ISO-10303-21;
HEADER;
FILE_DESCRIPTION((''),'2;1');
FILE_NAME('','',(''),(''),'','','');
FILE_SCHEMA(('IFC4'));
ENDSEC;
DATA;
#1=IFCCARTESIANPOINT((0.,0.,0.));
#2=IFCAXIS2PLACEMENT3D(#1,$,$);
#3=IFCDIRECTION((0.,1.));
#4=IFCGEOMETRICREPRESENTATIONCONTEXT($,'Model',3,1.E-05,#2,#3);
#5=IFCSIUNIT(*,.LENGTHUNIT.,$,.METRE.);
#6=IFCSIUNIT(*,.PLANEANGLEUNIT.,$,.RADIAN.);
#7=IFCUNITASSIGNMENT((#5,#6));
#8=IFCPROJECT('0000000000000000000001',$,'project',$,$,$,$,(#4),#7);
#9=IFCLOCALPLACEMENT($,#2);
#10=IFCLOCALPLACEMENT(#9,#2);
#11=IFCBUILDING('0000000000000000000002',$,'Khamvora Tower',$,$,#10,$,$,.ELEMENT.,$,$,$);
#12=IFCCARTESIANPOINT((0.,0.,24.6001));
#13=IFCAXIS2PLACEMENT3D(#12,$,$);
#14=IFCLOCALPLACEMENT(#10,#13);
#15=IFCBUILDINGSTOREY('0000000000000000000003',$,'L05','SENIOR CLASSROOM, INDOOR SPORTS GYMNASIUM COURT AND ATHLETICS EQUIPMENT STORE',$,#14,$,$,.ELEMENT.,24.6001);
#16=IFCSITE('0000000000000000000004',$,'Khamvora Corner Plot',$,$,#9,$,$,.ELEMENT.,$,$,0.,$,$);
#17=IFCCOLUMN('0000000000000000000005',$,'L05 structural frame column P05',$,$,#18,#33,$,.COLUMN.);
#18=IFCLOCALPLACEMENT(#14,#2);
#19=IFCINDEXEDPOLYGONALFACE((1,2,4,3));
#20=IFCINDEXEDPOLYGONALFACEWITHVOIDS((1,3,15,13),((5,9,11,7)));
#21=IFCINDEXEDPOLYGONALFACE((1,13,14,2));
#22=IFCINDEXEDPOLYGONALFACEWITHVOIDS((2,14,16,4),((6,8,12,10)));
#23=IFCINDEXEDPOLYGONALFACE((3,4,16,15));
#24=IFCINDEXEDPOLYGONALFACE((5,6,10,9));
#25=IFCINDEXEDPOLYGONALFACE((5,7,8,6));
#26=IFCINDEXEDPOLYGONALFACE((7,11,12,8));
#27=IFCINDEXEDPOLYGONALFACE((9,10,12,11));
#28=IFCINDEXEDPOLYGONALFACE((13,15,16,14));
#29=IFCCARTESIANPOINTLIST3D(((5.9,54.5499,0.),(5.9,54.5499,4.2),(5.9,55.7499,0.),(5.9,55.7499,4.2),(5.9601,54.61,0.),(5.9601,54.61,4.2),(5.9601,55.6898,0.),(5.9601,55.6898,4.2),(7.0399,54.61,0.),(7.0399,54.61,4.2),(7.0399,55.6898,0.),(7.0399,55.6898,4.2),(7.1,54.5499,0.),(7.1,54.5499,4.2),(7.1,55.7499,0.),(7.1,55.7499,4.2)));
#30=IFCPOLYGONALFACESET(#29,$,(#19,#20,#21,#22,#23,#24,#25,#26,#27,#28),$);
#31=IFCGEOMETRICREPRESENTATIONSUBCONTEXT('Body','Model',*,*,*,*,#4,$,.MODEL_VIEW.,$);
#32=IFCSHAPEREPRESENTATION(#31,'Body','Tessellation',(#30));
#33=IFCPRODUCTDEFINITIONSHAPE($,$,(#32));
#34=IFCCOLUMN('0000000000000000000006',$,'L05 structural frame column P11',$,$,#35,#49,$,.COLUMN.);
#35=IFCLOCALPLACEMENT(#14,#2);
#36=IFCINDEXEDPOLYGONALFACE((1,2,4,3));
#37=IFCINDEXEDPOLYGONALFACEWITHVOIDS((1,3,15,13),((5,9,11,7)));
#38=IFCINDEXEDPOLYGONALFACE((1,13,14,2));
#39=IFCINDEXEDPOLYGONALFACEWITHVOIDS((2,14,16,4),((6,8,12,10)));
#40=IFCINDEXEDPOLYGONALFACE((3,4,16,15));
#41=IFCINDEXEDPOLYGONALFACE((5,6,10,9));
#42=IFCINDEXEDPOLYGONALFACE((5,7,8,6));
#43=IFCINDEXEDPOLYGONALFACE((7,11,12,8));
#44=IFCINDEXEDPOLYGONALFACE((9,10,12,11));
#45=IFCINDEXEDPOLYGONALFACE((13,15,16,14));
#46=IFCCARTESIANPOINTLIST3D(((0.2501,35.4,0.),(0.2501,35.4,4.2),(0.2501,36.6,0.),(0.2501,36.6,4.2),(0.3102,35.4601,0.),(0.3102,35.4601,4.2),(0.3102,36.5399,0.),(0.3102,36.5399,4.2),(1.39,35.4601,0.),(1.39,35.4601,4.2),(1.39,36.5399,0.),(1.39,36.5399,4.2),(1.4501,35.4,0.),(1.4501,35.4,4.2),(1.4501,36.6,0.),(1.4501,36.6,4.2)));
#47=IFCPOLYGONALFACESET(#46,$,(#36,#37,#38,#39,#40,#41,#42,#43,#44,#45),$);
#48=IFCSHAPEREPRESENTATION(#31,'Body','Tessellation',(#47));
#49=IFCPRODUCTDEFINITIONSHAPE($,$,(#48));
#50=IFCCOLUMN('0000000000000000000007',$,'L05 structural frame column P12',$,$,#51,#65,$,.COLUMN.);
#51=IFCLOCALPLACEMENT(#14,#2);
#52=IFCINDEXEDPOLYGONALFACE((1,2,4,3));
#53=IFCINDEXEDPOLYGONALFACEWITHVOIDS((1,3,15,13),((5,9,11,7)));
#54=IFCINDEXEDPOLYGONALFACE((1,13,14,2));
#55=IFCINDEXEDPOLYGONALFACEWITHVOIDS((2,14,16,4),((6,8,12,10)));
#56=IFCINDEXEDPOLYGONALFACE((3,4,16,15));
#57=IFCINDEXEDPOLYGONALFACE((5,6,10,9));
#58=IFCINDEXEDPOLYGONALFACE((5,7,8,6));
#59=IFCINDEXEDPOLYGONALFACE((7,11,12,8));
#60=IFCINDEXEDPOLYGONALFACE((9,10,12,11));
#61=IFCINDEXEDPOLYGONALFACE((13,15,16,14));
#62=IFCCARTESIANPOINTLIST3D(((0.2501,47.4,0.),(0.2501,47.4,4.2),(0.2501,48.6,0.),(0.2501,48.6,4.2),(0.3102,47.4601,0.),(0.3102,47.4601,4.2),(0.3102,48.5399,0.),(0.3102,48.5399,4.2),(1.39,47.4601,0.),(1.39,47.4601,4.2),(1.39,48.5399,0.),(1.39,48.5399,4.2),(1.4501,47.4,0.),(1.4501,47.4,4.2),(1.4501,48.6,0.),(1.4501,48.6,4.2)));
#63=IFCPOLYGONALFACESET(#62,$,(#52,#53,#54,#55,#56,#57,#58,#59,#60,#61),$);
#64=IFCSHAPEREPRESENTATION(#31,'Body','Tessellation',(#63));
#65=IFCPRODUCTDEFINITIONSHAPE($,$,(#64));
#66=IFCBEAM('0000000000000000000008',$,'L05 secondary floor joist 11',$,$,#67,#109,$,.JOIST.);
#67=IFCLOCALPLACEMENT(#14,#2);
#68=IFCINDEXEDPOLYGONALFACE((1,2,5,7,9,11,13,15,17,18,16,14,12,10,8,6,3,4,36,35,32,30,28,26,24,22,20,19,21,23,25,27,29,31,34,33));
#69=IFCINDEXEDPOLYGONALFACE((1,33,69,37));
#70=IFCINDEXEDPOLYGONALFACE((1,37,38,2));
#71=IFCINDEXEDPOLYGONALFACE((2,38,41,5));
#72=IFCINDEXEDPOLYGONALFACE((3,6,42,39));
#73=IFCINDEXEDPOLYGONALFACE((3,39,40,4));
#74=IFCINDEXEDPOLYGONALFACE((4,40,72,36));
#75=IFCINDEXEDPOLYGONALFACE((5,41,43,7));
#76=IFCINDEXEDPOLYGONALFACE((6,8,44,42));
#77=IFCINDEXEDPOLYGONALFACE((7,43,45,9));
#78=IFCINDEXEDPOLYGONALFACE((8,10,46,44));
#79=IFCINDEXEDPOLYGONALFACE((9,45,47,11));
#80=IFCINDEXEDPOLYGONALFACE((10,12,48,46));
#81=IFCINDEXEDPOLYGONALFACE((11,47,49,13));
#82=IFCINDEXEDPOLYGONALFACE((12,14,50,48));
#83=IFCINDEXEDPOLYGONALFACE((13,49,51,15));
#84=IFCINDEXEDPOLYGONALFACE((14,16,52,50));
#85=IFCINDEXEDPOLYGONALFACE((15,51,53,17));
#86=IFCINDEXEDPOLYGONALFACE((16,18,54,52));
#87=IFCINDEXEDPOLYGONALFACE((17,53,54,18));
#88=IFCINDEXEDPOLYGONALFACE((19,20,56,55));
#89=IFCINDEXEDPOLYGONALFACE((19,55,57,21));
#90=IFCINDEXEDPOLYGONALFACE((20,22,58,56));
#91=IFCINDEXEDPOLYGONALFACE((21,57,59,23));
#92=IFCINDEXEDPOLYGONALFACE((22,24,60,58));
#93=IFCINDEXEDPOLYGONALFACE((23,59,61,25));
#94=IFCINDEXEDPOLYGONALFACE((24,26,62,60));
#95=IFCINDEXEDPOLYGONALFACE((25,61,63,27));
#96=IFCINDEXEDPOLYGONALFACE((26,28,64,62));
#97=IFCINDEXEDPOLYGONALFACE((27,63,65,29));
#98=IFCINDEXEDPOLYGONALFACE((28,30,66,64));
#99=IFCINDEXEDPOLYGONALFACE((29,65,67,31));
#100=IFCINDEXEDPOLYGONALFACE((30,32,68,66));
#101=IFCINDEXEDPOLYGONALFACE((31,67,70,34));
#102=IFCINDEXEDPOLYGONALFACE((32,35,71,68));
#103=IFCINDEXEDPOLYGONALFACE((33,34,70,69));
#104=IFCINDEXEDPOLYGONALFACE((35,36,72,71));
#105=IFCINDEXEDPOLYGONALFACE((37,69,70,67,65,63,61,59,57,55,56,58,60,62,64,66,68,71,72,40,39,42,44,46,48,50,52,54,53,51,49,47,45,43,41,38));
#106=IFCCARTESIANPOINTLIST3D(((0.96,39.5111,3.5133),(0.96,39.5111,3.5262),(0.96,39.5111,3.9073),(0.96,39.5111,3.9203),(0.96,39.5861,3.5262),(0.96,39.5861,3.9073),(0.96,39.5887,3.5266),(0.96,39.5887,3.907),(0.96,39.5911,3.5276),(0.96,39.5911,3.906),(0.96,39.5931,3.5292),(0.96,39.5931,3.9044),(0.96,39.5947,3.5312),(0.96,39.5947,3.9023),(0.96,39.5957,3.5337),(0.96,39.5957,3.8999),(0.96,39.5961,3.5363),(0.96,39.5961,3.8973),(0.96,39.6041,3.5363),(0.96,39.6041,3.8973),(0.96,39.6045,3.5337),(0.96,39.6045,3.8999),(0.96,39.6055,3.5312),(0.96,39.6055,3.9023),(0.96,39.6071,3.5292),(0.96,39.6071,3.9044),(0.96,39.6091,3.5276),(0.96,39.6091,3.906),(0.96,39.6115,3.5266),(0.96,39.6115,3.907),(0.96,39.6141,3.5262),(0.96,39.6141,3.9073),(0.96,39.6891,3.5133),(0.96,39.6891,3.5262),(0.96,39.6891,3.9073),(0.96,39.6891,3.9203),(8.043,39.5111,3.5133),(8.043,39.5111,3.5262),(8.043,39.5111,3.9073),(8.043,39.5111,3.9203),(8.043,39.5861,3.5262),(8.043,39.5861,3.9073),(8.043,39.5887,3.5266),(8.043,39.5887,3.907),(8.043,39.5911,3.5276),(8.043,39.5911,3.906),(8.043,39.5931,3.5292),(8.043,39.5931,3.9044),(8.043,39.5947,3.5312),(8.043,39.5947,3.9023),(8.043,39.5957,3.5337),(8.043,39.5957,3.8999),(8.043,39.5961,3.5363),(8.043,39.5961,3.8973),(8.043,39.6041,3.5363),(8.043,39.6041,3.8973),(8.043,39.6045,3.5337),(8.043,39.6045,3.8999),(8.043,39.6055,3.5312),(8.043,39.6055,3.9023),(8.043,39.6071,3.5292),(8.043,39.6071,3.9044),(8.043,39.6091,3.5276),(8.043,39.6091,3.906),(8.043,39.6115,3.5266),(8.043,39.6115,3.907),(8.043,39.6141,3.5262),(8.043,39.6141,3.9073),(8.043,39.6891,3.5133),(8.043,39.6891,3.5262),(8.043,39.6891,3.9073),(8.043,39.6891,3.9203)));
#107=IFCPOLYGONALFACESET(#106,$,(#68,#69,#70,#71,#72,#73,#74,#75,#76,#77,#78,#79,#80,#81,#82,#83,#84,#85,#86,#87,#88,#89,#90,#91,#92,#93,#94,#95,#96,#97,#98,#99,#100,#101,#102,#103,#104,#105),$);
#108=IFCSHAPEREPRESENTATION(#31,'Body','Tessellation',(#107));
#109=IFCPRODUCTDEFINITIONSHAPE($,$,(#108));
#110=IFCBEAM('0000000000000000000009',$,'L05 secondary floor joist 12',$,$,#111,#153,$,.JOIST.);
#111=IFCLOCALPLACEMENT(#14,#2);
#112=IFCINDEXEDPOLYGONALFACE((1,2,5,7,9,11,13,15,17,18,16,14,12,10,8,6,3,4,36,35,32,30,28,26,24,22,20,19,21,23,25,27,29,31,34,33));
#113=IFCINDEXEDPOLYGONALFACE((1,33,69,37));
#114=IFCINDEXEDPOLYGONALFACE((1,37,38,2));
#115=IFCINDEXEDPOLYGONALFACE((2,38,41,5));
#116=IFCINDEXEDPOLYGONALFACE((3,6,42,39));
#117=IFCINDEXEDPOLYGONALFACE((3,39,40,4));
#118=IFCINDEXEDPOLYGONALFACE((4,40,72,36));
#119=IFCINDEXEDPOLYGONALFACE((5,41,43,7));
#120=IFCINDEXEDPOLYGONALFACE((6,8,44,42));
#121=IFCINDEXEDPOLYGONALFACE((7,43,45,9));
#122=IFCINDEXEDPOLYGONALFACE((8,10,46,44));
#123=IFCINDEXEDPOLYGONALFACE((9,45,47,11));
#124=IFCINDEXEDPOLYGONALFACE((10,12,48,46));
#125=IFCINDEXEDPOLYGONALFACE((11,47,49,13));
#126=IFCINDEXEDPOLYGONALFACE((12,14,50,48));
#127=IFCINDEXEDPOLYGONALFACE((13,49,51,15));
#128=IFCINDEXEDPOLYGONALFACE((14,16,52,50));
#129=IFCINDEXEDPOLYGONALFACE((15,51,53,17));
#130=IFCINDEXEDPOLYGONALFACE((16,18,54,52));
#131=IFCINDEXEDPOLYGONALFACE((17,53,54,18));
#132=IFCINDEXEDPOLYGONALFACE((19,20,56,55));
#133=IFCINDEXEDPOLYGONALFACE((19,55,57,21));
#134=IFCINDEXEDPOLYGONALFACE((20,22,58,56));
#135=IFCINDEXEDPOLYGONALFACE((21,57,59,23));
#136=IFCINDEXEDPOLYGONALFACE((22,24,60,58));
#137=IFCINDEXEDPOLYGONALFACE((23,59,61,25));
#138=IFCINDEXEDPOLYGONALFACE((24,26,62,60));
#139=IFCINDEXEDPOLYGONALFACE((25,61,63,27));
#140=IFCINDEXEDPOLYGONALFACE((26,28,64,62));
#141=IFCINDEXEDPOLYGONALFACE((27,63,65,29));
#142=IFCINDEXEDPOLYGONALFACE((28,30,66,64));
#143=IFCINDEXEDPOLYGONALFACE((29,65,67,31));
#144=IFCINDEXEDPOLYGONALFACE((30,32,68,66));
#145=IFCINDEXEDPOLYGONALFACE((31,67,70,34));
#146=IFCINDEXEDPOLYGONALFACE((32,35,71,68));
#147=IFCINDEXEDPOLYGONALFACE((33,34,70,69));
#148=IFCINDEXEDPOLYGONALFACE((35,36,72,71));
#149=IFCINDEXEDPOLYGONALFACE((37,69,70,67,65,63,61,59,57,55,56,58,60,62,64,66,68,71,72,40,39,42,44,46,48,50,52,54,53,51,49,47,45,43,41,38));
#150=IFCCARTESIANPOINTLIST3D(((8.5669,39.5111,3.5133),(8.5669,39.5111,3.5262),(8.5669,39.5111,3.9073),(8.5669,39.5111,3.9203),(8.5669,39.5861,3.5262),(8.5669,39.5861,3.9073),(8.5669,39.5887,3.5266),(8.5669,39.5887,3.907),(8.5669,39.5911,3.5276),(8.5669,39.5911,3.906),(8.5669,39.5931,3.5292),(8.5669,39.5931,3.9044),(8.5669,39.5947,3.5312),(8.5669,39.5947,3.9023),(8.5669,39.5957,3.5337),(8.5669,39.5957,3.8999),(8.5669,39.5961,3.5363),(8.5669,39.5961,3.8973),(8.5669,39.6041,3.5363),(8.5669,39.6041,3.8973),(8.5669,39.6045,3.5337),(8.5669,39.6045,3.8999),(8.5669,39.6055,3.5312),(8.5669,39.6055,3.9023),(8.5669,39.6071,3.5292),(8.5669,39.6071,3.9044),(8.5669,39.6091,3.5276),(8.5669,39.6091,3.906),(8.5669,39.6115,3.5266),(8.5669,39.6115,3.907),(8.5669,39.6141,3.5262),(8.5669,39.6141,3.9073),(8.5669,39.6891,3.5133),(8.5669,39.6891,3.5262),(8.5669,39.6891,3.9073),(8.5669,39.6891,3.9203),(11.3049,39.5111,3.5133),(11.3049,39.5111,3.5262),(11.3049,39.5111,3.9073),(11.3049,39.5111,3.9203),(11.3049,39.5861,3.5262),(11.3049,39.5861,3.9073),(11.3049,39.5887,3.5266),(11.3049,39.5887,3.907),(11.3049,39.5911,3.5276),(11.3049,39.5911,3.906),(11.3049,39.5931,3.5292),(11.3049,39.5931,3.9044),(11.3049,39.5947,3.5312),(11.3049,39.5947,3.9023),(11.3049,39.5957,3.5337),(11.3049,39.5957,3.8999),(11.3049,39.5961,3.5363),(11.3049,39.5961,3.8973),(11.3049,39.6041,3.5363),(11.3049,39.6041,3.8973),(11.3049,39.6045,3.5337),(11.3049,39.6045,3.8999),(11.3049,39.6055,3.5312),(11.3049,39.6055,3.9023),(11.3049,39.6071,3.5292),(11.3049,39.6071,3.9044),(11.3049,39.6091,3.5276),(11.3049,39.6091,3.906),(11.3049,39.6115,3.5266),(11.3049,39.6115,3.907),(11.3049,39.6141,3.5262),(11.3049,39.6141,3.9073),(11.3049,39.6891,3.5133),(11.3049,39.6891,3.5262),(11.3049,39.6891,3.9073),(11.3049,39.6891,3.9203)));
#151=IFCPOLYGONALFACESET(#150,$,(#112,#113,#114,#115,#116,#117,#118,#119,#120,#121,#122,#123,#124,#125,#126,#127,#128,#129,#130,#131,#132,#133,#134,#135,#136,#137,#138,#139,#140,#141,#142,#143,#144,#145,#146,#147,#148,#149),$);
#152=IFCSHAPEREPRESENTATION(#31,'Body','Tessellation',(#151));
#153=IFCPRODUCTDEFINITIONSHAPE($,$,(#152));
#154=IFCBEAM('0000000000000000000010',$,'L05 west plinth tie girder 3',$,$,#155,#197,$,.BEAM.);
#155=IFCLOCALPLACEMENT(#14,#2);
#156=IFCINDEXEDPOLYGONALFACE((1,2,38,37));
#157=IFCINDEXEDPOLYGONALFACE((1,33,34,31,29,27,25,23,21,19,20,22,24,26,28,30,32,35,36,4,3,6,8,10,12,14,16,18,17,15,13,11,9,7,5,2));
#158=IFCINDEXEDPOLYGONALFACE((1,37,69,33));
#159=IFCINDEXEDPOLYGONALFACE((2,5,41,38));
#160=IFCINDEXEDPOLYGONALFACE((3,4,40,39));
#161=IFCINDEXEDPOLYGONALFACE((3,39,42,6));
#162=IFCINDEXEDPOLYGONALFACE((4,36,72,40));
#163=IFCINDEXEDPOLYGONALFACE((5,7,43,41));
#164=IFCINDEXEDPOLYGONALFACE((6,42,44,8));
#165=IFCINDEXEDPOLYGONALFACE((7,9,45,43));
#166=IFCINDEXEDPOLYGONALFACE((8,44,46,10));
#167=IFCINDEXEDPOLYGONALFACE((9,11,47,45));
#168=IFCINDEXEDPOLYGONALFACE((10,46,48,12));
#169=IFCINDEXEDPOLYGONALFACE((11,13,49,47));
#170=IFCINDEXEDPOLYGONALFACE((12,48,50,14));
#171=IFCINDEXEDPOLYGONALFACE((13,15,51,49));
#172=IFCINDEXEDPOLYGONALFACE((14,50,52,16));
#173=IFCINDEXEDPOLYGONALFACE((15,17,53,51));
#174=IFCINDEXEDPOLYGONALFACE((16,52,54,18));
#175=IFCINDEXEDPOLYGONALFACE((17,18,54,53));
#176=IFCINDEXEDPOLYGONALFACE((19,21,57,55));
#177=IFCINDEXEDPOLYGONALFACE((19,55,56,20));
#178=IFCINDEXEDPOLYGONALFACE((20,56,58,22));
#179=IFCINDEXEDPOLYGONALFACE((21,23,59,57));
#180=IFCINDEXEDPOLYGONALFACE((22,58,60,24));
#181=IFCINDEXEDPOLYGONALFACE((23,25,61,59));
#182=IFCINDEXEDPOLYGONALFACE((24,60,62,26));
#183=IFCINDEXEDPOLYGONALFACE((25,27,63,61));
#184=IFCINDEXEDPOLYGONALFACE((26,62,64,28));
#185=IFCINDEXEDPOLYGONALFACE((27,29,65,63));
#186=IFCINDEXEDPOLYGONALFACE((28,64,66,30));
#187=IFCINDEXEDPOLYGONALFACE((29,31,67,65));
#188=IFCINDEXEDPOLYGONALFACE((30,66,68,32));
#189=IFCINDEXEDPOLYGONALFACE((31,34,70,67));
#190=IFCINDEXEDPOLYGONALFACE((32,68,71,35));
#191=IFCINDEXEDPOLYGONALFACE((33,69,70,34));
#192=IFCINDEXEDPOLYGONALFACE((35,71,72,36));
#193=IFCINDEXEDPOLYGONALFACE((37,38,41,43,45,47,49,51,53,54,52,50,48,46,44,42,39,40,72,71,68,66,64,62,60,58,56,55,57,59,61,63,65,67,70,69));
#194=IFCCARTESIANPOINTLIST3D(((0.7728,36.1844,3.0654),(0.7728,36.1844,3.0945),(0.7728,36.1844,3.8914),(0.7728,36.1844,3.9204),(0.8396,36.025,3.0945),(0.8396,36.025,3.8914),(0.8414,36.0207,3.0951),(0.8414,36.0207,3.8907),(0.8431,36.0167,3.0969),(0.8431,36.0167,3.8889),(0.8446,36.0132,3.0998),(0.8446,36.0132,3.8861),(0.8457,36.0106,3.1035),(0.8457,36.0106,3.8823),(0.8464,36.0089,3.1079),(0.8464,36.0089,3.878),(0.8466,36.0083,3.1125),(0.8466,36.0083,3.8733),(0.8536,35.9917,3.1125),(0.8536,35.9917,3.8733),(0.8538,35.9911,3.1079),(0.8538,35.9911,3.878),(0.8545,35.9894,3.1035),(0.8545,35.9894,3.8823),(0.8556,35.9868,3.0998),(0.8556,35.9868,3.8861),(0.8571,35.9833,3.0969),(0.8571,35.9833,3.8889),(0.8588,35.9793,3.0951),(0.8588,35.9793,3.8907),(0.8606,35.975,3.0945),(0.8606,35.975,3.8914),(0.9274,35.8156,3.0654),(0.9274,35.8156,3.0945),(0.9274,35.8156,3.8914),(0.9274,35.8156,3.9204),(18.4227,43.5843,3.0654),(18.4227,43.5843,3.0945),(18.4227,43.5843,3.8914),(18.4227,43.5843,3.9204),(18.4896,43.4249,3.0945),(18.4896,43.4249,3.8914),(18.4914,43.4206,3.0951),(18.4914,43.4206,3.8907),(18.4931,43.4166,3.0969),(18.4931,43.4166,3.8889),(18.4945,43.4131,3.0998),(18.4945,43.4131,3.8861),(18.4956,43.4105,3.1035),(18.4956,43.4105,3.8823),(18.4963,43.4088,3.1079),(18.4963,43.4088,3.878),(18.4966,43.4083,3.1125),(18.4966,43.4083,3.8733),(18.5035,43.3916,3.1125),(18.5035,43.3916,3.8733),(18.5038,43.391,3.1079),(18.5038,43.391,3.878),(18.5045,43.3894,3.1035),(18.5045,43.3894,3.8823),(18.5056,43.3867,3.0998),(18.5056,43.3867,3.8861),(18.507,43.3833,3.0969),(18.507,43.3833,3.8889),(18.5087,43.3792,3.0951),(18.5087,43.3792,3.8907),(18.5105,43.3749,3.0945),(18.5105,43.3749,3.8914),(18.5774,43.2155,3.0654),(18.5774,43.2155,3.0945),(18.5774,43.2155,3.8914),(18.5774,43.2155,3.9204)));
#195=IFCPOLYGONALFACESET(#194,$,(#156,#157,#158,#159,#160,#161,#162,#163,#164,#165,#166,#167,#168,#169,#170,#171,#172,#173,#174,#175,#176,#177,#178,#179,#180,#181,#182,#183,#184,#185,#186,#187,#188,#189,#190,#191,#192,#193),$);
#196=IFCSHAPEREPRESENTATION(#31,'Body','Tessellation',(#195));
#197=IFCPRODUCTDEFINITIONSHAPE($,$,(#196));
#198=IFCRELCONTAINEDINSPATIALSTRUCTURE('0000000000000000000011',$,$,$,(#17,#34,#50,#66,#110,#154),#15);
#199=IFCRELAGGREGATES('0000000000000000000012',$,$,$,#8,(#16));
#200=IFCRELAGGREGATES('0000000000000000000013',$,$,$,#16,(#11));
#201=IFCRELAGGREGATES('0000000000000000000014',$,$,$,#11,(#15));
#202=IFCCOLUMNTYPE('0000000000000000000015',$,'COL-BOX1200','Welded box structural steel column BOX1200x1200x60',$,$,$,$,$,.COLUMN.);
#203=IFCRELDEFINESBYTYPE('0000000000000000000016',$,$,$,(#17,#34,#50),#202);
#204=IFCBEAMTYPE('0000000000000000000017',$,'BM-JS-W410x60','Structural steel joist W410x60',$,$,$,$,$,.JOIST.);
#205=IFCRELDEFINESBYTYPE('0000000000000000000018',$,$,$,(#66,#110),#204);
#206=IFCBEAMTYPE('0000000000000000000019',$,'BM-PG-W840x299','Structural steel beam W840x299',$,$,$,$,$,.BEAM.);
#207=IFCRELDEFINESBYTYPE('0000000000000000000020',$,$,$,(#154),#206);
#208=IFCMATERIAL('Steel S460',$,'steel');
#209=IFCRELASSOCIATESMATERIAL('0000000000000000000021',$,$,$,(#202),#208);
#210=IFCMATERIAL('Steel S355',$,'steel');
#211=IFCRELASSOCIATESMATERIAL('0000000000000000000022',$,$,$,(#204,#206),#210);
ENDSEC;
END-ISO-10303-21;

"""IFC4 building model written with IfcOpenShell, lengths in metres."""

from ifc_helpers import new_model, si_unit, direction, frame, origin, origin_2d, place, context, subcontext, project, spatial, hollow_rectangle, i_section, extrude, material, material_profile, profile_set, type_object, element, save


model = new_model("IFC4")

# Units and contexts
model_context = context("Model", 3, precision=1e-05, world=origin(), true_north=direction((0.0, 1.0)))
body_context = subcontext(model_context, "Body", "Model", "MODEL_VIEW")
ifc_project = project(units=[si_unit("LENGTHUNIT", "METRE"), si_unit("PLANEANGLEUNIT", "RADIAN")], contexts=[model_context])

# Site, building, storey
site_placement = place(None, origin())
site = spatial("IfcSite", under=ifc_project, at=site_placement, Name="Khamvora Corner Plot", CompositionType="ELEMENT", RefElevation=0.0)
building_placement = place(site_placement, origin())
building = spatial("IfcBuilding", under=site, at=building_placement, Name="Khamvora Tower", CompositionType="ELEMENT")
storey_placement = place(building_placement, frame((0.0, 0.0, 24.6001)))
storey = spatial("IfcBuildingStorey", under=building, at=storey_placement, Name="L05", Description="SENIOR CLASSROOM, INDOOR SPORTS GYMNASIUM COURT AND ATHLETICS EQUIPMENT STORE", CompositionType="ELEMENT", Elevation=24.6001)

# Columns
ifc_material_1 = material(Name="Steel S460", Category="steel")
ifc_material_profile_1 = material_profile(ifc_material_1, hollow_rectangle(XDim=1.2, YDim=1.2, WallThickness=0.0601, at=origin_2d()), Name="BOX1200x1200x60")
ifc_profile_set_1 = profile_set([ifc_material_profile_1], Name="Steel S460")
column_type = type_object("IfcColumnType", Name="COL-BOX1200", Description="Welded box structural steel column BOX1200x1200x60", PredefinedType="COLUMN", material=ifc_profile_set_1)
for number, where, z_axis, x_axis, name in (
    (1, (6.5, 55.1499, 0.0), (0.0, 0.0, 1.0), (1.0, 0.0, 0.0), "L05 structural frame column P05"),
    (2, (0.8501, 36.0, 0.0), (0.0, 0.0, 1.0), (1.0, 0.0, 0.0), "L05 structural frame column P11"),
    (3, (0.8501, 48.0, 0.0), (0.0, 0.0, 1.0), (1.0, 0.0, 0.0), "L05 structural frame column P12"),
):
    element("IfcColumn", number, at=place(storey_placement, frame(where, z_axis=z_axis, x_axis=x_axis)), inside=storey, type_object=column_type, Name=name, PredefinedType="COLUMN", context=body_context, shape_type="SweptSolid", body=[
        extrude(hollow_rectangle(XDim=1.2, YDim=1.2, WallThickness=0.0601, at=origin_2d()), origin(), (0.0, 0.0, 1.0), 4.2),
    ])

# Beams
ifc_material_2 = material(Name="Steel S355", Category="steel")
ifc_material_profile_2 = material_profile(ifc_material_2, i_section(OverallWidth=0.178, OverallDepth=0.407, WebThickness=0.0081, FlangeThickness=0.0129, FilletRadius=0.01, at=origin_2d()), Name="W410x60")
ifc_profile_set_2 = profile_set([ifc_material_profile_2], Name="Steel S355")
beam_type_1 = type_object("IfcBeamType", Name="BM-JS-W410x60", Description="Structural steel joist W410x60", PredefinedType="JOIST", material=ifc_profile_set_2)
beam_1_placement = place(storey_placement, frame((0.96, 39.6001, 3.7168), z_axis=(1.0, 0.0, 0.0), x_axis=(0.0, 1.0, 0.0)))
element("IfcBeam", 4, at=beam_1_placement, inside=storey, type_object=beam_type_1, Name="L05 secondary floor joist 11", PredefinedType="JOIST", context=body_context, shape_type="SweptSolid", body=[
    extrude(i_section(OverallWidth=0.178, OverallDepth=0.407, WebThickness=0.0081, FlangeThickness=0.0129, FilletRadius=0.01, at=origin_2d()), origin(), (0.0, 0.0, 1.0), 7.083),
])
beam_2_placement = place(storey_placement, frame((8.5669, 39.6001, 3.7168), z_axis=(1.0, 0.0, 0.0), x_axis=(0.0, 1.0, 0.0)))
element("IfcBeam", 5, at=beam_2_placement, inside=storey, type_object=beam_type_1, Name="L05 secondary floor joist 12", PredefinedType="JOIST", context=body_context, shape_type="SweptSolid", body=[
    extrude(i_section(OverallWidth=0.178, OverallDepth=0.407, WebThickness=0.0081, FlangeThickness=0.0129, FilletRadius=0.01, at=origin_2d()), origin(), (0.0, 0.0, 1.0), 2.738),
])
ifc_material_profile_3 = material_profile(ifc_material_2, i_section(OverallWidth=0.3999, OverallDepth=0.855, WebThickness=0.0181, FlangeThickness=0.0291, FilletRadius=0.0181, at=origin_2d()), Name="W840x299")
ifc_profile_set_3 = profile_set([ifc_material_profile_3], Name="Steel S355")
beam_type_2 = type_object("IfcBeamType", Name="BM-PG-W840x299", Description="Structural steel beam W840x299", PredefinedType="BEAM", material=ifc_profile_set_3)
beam_3_placement = place(storey_placement, frame((0.8501, 36.0, 3.4929), z_axis=(0.922225, 0.386652, 0.0), x_axis=(-0.386652, 0.922225, 0.0)))
element("IfcBeam", 6, at=beam_3_placement, inside=storey, type_object=beam_type_2, Name="L05 west plinth tie girder 3", PredefinedType="BEAM", context=body_context, shape_type="SweptSolid", body=[
    extrude(i_section(OverallWidth=0.3999, OverallDepth=0.855, WebThickness=0.0181, FlangeThickness=0.0291, FilletRadius=0.0181, at=origin_2d()), origin(), (0.0, 0.0, 1.0), 19.1384),
])

save(model, "model.ifc")
